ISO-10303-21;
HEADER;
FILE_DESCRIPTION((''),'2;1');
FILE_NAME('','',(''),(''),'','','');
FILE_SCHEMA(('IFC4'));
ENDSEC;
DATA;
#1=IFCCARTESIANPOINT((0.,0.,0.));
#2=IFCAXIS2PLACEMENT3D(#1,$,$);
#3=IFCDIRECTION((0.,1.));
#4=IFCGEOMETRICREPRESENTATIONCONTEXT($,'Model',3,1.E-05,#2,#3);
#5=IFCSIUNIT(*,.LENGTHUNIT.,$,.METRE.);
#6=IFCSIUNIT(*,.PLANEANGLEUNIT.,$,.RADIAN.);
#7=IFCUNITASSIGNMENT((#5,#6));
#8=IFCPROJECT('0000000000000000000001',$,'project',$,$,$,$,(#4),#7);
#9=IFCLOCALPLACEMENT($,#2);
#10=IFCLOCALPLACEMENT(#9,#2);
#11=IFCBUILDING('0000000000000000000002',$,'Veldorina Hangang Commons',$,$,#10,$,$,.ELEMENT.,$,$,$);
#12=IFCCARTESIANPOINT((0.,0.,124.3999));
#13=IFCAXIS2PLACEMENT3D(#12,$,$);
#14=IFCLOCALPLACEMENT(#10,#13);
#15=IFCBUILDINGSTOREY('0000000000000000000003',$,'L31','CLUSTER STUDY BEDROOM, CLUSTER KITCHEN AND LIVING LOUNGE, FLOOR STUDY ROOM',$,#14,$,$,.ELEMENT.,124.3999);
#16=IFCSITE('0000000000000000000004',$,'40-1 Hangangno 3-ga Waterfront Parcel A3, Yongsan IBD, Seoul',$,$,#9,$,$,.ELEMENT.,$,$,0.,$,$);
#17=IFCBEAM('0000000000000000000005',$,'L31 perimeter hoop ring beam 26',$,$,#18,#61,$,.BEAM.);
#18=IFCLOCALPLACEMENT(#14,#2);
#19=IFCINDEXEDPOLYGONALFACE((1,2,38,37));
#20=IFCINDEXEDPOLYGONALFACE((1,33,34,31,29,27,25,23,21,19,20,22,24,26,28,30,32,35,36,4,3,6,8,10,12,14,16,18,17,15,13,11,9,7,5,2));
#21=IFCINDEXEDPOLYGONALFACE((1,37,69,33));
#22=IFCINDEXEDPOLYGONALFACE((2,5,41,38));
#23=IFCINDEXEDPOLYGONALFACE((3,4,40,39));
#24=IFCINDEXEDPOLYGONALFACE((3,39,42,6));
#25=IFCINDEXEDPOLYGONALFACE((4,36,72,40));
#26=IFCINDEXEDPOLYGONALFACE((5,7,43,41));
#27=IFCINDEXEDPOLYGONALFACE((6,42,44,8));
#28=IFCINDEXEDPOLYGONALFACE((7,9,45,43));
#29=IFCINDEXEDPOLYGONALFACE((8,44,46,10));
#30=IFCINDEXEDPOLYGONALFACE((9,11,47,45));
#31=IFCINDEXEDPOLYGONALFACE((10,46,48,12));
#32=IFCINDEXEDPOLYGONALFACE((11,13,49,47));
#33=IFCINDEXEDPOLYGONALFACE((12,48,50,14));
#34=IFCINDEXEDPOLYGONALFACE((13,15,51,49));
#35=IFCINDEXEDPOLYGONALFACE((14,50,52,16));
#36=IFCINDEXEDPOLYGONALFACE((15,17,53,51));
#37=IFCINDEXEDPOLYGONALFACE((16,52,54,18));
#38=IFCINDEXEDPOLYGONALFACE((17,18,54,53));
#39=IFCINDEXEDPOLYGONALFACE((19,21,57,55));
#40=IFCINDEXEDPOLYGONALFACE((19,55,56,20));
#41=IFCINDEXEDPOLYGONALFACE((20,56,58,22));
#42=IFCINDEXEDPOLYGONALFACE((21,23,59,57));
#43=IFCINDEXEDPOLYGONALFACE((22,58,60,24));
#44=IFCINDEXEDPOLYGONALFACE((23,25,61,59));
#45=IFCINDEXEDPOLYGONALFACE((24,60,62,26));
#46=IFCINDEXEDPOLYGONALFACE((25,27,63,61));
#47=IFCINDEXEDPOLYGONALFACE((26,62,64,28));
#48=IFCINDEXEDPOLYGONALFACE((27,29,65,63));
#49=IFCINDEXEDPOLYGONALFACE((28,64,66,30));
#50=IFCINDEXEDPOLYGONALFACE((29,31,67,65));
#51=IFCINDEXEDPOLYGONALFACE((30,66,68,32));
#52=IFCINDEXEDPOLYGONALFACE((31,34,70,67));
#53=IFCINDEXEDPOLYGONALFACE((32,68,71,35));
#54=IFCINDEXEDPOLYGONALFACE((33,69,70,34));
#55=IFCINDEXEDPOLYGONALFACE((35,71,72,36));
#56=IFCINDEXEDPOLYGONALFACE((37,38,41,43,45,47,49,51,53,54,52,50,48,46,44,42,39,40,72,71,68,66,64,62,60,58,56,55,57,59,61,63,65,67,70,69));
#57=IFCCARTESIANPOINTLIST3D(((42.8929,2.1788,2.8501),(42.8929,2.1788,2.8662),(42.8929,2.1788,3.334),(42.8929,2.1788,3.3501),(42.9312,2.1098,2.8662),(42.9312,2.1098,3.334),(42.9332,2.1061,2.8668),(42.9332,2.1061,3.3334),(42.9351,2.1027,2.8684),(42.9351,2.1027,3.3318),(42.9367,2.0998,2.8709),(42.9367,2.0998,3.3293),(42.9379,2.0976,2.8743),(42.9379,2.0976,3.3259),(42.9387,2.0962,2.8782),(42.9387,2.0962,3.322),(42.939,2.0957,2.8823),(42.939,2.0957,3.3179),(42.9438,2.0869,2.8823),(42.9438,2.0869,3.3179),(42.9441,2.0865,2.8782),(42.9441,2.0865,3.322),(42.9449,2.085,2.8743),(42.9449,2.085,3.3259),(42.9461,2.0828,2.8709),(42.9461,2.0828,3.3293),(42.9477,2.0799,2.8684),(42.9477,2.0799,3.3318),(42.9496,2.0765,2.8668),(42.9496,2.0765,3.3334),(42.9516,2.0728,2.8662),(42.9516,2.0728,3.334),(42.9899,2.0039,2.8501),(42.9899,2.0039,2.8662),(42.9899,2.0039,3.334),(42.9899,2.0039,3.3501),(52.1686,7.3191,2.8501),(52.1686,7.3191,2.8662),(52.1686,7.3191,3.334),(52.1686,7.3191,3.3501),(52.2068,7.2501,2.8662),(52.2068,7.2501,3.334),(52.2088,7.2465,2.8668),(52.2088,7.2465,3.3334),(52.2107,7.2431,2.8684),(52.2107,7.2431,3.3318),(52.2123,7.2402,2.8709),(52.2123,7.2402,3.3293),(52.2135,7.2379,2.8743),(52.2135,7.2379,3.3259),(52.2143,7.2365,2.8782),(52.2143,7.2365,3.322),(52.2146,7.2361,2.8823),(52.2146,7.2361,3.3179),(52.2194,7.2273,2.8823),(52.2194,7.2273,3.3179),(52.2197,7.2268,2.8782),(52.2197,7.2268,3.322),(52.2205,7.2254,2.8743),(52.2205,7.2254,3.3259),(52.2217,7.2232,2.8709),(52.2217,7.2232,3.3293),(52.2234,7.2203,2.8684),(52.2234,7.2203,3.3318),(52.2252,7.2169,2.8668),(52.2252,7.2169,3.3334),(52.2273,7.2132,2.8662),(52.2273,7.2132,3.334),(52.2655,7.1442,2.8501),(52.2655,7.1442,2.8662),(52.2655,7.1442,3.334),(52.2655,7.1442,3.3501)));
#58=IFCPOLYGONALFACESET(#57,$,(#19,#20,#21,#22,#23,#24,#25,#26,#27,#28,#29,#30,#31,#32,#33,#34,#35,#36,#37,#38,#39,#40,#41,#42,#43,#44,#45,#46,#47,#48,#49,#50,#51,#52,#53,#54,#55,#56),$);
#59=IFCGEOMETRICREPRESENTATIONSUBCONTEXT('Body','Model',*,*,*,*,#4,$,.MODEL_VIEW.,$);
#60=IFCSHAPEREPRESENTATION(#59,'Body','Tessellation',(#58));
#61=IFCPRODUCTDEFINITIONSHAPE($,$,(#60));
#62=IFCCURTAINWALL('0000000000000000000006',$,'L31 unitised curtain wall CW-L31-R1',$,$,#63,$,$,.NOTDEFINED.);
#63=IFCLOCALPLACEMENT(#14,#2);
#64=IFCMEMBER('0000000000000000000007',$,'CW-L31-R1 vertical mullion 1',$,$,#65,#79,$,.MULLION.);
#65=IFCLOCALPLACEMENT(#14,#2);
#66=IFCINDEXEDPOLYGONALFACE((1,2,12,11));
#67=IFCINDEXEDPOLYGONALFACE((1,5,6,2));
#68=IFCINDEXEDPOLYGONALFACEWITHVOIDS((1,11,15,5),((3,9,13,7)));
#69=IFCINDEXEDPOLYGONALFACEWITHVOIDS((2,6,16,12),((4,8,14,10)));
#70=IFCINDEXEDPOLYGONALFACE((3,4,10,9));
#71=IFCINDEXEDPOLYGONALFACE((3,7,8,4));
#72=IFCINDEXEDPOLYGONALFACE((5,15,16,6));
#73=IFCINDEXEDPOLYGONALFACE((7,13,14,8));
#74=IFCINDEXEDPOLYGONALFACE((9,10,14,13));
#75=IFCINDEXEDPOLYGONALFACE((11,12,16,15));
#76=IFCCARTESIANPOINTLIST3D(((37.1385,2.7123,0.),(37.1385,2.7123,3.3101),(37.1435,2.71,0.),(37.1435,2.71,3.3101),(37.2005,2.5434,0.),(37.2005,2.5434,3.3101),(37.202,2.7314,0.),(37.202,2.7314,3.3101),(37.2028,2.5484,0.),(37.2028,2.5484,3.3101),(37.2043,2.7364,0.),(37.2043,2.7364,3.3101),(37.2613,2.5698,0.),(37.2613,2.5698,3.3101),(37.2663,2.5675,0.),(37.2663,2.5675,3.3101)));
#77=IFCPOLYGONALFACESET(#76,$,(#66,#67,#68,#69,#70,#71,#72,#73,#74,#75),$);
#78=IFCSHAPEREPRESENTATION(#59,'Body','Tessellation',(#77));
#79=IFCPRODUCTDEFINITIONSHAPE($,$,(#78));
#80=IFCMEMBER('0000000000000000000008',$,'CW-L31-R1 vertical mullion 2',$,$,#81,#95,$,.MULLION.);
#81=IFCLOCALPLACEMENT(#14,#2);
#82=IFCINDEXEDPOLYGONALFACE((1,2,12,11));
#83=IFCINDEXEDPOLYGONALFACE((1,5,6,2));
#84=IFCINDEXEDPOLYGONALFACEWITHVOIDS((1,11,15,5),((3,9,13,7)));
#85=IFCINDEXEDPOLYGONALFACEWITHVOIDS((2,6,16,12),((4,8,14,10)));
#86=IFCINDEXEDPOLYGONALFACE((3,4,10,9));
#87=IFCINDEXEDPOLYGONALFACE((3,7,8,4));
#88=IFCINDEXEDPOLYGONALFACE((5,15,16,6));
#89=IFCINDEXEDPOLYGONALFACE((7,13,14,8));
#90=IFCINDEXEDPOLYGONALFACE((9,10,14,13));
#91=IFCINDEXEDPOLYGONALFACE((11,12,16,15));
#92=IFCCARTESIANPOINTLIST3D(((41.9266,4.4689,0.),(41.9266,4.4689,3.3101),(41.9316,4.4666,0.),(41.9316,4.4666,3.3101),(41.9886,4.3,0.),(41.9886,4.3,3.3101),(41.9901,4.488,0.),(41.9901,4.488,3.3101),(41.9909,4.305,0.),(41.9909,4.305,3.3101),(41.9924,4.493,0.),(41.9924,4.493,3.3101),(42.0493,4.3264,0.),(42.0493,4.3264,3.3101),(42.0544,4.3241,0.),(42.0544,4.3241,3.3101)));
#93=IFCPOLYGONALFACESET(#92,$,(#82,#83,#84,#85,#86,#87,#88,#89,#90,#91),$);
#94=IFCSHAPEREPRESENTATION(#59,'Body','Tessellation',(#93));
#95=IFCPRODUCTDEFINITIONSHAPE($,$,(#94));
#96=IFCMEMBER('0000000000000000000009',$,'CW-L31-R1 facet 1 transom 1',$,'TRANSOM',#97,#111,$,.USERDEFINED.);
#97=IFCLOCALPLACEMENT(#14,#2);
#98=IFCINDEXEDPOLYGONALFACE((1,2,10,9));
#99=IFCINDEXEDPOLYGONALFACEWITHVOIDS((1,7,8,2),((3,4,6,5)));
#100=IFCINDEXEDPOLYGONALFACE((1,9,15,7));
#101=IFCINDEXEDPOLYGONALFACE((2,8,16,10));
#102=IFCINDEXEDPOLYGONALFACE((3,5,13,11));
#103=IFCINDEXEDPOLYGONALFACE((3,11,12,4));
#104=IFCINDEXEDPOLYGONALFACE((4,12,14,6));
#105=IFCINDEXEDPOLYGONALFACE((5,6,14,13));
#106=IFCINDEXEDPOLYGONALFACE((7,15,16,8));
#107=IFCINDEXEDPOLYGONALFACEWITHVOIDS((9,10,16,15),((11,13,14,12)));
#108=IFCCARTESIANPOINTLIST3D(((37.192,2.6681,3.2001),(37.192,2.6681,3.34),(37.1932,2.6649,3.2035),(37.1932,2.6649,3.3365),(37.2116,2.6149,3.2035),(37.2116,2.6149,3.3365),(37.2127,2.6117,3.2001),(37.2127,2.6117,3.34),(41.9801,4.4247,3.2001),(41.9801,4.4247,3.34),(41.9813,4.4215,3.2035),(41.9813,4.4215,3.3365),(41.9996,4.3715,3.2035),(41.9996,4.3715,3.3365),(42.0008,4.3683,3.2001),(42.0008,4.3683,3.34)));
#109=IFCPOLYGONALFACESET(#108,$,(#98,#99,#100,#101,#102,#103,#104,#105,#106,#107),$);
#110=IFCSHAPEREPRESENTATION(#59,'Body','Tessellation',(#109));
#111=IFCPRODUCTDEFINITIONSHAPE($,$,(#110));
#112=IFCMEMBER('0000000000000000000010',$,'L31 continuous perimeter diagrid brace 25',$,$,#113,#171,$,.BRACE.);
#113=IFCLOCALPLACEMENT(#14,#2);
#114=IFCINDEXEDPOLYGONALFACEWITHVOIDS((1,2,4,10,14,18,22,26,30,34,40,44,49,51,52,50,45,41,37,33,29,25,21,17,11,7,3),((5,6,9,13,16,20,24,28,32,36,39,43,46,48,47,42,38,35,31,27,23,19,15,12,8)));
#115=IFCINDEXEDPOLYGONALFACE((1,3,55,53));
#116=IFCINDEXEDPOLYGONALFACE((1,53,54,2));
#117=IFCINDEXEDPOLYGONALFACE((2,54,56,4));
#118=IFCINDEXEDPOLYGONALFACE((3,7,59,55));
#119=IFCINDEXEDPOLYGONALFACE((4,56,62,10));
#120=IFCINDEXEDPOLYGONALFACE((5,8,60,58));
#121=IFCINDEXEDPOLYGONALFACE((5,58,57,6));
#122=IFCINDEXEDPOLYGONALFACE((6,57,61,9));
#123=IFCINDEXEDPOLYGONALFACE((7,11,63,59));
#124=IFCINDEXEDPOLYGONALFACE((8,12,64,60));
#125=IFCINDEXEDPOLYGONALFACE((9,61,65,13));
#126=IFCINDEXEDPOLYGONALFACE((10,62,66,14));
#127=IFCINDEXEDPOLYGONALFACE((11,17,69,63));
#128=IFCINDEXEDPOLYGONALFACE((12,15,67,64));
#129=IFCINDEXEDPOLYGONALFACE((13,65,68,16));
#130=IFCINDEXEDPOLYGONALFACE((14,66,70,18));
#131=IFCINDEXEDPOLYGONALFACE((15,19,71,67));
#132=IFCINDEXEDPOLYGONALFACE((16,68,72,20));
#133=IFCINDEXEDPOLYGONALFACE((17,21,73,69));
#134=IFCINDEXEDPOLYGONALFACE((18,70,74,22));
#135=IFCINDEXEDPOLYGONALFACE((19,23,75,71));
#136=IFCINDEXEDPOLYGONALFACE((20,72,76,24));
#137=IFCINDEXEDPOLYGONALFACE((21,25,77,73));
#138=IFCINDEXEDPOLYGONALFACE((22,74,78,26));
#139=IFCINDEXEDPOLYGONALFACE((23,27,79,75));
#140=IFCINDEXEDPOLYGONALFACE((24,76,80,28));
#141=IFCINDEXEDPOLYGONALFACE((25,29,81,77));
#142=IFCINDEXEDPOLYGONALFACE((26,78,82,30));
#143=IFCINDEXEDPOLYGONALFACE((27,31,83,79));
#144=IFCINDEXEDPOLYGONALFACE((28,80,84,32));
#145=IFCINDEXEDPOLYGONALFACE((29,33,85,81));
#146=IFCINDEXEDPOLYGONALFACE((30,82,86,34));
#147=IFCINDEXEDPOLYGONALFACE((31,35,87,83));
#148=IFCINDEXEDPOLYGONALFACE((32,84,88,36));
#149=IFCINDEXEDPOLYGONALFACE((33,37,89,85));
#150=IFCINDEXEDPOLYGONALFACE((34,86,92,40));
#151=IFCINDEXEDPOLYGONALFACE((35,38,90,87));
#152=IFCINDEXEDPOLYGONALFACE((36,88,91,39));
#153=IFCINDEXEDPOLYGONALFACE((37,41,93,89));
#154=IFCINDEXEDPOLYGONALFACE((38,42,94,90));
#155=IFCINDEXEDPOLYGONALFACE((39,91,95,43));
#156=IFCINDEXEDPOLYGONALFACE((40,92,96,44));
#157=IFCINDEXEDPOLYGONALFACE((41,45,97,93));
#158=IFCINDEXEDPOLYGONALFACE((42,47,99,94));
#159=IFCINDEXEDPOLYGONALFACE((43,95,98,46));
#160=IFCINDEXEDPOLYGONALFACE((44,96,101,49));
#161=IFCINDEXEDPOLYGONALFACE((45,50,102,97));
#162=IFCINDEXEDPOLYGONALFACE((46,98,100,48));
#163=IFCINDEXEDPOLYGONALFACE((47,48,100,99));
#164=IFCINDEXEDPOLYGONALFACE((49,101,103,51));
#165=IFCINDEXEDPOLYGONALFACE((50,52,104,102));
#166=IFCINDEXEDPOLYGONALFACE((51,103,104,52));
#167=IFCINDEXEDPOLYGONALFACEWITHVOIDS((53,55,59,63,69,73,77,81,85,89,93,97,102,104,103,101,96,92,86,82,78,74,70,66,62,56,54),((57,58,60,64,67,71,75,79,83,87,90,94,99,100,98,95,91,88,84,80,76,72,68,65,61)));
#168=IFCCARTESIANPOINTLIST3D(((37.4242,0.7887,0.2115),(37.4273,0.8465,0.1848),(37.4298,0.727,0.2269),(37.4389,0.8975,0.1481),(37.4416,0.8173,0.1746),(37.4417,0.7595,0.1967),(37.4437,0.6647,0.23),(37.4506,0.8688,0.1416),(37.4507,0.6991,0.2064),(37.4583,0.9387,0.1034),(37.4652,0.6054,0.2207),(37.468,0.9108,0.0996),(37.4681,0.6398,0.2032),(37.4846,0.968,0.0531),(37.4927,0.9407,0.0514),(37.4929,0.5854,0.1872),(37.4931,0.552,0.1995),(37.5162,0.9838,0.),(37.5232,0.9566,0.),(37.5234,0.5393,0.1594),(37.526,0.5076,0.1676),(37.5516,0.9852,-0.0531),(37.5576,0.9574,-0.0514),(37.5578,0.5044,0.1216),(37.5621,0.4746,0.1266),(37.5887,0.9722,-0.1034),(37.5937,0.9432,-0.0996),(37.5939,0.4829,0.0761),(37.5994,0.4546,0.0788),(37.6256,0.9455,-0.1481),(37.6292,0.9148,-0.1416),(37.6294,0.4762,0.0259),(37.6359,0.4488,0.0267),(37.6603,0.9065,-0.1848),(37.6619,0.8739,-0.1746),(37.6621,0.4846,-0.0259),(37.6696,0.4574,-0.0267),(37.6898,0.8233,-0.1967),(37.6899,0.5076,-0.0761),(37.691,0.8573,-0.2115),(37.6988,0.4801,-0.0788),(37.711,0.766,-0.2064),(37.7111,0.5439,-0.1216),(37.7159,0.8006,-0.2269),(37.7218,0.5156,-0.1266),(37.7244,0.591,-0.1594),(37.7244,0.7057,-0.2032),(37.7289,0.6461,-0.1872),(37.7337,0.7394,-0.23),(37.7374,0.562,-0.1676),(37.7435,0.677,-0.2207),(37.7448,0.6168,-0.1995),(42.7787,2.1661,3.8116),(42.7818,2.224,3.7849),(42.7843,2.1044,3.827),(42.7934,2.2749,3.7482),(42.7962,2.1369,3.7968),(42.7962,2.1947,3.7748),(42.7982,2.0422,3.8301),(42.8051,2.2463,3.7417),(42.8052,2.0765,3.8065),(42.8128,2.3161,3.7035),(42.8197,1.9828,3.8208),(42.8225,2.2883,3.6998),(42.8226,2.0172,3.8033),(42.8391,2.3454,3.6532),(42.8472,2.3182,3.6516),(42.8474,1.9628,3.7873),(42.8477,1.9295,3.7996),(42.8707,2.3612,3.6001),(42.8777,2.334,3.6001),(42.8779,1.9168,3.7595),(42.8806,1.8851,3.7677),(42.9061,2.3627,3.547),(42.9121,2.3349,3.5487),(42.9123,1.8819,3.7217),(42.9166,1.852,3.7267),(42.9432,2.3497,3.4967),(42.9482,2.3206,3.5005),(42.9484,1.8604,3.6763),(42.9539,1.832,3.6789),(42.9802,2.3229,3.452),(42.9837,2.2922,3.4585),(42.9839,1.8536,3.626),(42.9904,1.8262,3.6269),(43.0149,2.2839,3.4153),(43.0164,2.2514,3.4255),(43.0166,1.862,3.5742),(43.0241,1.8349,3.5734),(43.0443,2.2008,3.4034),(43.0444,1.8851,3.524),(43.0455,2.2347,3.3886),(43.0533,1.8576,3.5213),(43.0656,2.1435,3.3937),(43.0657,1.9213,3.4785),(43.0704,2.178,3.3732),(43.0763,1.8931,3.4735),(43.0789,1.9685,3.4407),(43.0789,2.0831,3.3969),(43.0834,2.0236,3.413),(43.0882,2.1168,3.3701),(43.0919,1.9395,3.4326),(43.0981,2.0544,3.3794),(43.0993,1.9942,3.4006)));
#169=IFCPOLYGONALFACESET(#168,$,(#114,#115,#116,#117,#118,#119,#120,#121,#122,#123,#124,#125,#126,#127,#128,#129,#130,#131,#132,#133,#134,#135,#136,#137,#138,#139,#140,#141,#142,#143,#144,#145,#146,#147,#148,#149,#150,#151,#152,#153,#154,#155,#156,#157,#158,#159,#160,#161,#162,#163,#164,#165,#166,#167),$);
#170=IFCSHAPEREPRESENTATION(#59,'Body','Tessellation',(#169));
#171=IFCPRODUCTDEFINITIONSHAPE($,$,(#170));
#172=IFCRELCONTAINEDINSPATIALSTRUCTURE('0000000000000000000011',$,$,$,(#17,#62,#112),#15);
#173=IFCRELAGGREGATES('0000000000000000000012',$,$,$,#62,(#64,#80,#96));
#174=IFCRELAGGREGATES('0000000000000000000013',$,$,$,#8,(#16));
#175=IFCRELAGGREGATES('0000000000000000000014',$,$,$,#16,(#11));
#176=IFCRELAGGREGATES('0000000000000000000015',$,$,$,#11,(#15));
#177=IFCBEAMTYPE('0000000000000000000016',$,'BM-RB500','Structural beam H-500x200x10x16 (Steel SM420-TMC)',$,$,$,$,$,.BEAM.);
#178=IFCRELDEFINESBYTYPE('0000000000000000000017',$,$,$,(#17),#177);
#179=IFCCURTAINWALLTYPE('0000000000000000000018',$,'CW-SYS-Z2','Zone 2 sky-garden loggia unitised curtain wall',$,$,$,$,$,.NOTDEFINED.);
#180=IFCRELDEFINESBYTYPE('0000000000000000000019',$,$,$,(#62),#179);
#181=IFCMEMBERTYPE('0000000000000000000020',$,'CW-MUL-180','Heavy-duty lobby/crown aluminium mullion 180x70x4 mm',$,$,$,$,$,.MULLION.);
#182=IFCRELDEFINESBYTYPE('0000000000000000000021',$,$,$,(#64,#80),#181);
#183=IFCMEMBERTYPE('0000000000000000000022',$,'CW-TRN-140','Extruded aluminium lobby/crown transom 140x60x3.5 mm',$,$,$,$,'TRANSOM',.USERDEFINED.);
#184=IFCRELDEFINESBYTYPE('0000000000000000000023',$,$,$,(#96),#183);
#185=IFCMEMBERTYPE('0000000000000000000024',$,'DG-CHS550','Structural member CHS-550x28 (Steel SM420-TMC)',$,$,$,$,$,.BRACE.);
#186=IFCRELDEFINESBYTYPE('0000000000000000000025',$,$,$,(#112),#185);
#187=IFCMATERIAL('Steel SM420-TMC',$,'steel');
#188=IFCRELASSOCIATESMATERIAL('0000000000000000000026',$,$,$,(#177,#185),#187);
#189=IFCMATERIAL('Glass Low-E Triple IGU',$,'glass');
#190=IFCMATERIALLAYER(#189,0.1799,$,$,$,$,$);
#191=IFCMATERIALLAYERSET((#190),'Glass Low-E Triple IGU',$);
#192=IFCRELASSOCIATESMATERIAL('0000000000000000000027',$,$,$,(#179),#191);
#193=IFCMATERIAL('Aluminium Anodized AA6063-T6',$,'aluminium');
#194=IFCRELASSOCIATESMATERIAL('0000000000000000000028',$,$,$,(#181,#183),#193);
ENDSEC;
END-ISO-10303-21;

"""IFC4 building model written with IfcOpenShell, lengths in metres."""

from ifc_helpers import new_model, si_unit, direction, frame, origin, origin_2d, place, context, subcontext, project, spatial, hollow_rectangle, hollow_circle, i_section, extrude, material, layer, layer_set, material_profile, profile_set, type_object, element, aggregate, save


model = new_model("IFC4")

# Units and contexts
model_context = context("Model", 3, precision=1e-05, world=origin(), true_north=direction((0.0, 1.0)))
body_context = subcontext(model_context, "Body", "Model", "MODEL_VIEW")
ifc_project = project(units=[si_unit("LENGTHUNIT", "METRE"), si_unit("PLANEANGLEUNIT", "RADIAN")], contexts=[model_context])

# Site, building, storey
site_placement = place(None, origin())
site = spatial("IfcSite", under=ifc_project, at=site_placement, Name="40-1 Hangangno 3-ga Waterfront Parcel A3, Yongsan IBD, Seoul", CompositionType="ELEMENT", RefElevation=0.0)
building_placement = place(site_placement, origin())
building = spatial("IfcBuilding", under=site, at=building_placement, Name="Veldorina Hangang Commons", CompositionType="ELEMENT")
storey_placement = place(building_placement, frame((0.0, 0.0, 124.3999)))
storey = spatial("IfcBuildingStorey", under=building, at=storey_placement, Name="L31", Description="CLUSTER STUDY BEDROOM, CLUSTER KITCHEN AND LIVING LOUNGE, FLOOR STUDY ROOM", CompositionType="ELEMENT", Elevation=124.3999)

# Beam
ifc_material_1 = material(Name="Steel SM420-TMC", Category="steel")
ifc_material_profile_1 = material_profile(ifc_material_1, i_section(OverallWidth=0.2, OverallDepth=0.5, WebThickness=0.01, FlangeThickness=0.0161, FilletRadius=0.0161, at=origin_2d()), Name="H-500x200x10x16")
ifc_profile_set_1 = profile_set([ifc_material_profile_1], Name="Steel SM420-TMC")
beam_type = type_object("IfcBeamType", Name="BM-RB500", Description="Structural beam H-500x200x10x16 (Steel SM420-TMC)", PredefinedType="BEAM", material=ifc_profile_set_1)
beam_placement = place(storey_placement, frame((42.9414, 2.0913, 3.1001), z_axis=(0.874667, 0.484724, 0.0), x_axis=(-0.484724, 0.874667, 0.0)))
element("IfcBeam", 1, at=beam_placement, inside=storey, type_object=beam_type, Name="L31 perimeter hoop ring beam 26", PredefinedType="BEAM", context=body_context, shape_type="SweptSolid", body=[
    extrude(i_section(OverallWidth=0.2, OverallDepth=0.5, WebThickness=0.01, FlangeThickness=0.0161, FilletRadius=0.0161, at=origin_2d()), origin(), (0.0, 0.0, 1.0), 10.6047),
])

# Curtain wall, members
ifc_material_2 = material(Name="Glass Low-E Triple IGU", Category="glass")
ifc_layer_1 = layer(ifc_material_2, 0.1799)
ifc_layer_set_1 = layer_set([ifc_layer_1], Name="Glass Low-E Triple IGU")
curtain_wall_type = type_object("IfcCurtainWallType", Name="CW-SYS-Z2", Description="Zone 2 sky-garden loggia unitised curtain wall", PredefinedType="NOTDEFINED", material=ifc_layer_set_1)
curtain_wall_placement = place(storey_placement, origin())
curtain_wall = element("IfcCurtainWall", 2, at=curtain_wall_placement, inside=storey, type_object=curtain_wall_type, Name="L31 unitised curtain wall CW-L31-R1", PredefinedType="NOTDEFINED")
ifc_material_3 = material(Name="Aluminium Anodized AA6063-T6", Category="aluminium")
ifc_material_profile_2 = material_profile(ifc_material_3, hollow_rectangle(XDim=0.0701, YDim=0.1799, WallThickness=0.0039, at=origin_2d()), Name="ALU-RHS-180x70x4")
ifc_profile_set_2 = profile_set([ifc_material_profile_2], Name="Aluminium Anodized AA6063-T6")
member_type_1 = type_object("IfcMemberType", Name="CW-MUL-180", Description="Heavy-duty lobby/crown aluminium mullion 180x70x4 mm", PredefinedType="MULLION", material=ifc_profile_set_2)
member_1_placement = place(storey_placement, frame((37.2024, 2.6399, 0.0), z_axis=(0.0, 0.0, 1.0), x_axis=(0.938812, 0.34443, 0.0)))
member_1 = element("IfcMember", 3, at=member_1_placement, type_object=member_type_1, Name="CW-L31-R1 vertical mullion 1", PredefinedType="MULLION", context=body_context, shape_type="SweptSolid", body=[
    extrude(hollow_rectangle(XDim=0.0701, YDim=0.1799, WallThickness=0.0039, at=origin_2d()), origin(), (0.0, 0.0, 1.0), 3.3101),
])
member_2_placement = place(storey_placement, frame((41.9905, 4.3965, 0.0), z_axis=(0.0, 0.0, 1.0), x_axis=(-0.938812, -0.34443, 0.0)))
member_2 = element("IfcMember", 4, at=member_2_placement, type_object=member_type_1, Name="CW-L31-R1 vertical mullion 2", PredefinedType="MULLION", context=body_context, shape_type="SweptSolid", body=[
    extrude(hollow_rectangle(XDim=0.0701, YDim=0.1799, WallThickness=0.0039, at=origin_2d()), origin(), (0.0, 0.0, 1.0), 3.3101),
])
ifc_material_profile_3 = material_profile(ifc_material_3, hollow_rectangle(XDim=0.0601, YDim=0.1399, WallThickness=0.0034, at=origin_2d()), Name="ALU-RHS-140x60x3.5")
ifc_profile_set_3 = profile_set([ifc_material_profile_3], Name="Aluminium Anodized AA6063-T6")
member_type_2 = type_object("IfcMemberType", Name="CW-TRN-140", Description="Extruded aluminium lobby/crown transom 140x60x3.5 mm", ElementType="TRANSOM", PredefinedType="USERDEFINED", material=ifc_profile_set_3)
member_3_placement = place(storey_placement, frame((37.2024, 2.6399, 3.27), z_axis=(0.938815, 0.344421, 0.0), x_axis=(-0.344421, 0.938815, 0.0)))
member_3 = element("IfcMember", 5, at=member_3_placement, type_object=member_type_2, Name="CW-L31-R1 facet 1 transom 1", ObjectType="TRANSOM", PredefinedType="USERDEFINED", context=body_context, shape_type="SweptSolid", body=[
    extrude(hollow_rectangle(XDim=0.0601, YDim=0.1399, WallThickness=0.0034, at=origin_2d()), origin(), (0.0, 0.0, 1.0), 5.1001),
])

# Member
ifc_material_profile_4 = material_profile(ifc_material_1, hollow_circle(Radius=0.2749, WallThickness=0.0281, at=origin_2d()), Name="CHS-550x28")
ifc_profile_set_4 = profile_set([ifc_material_profile_4], Name="Steel SM420-TMC")
member_type_3 = type_object("IfcMemberType", Name="DG-CHS550", Description="Structural member CHS-550x28 (Steel SM420-TMC)", PredefinedType="BRACE", material=ifc_profile_set_4)
member_4_placement = place(storey_placement, frame((37.5847, 0.7175, 0.0), z_axis=(0.811579, 0.208778, 0.545666), x_axis=(-0.249138, 0.968468, 0.0)))
element("IfcMember", 6, at=member_4_placement, inside=storey, type_object=member_type_3, Name="L31 continuous perimeter diagrid brace 25", PredefinedType="BRACE", context=body_context, shape_type="SweptSolid", body=[
    extrude(hollow_circle(Radius=0.2749, WallThickness=0.0281, at=origin_2d()), origin(), (0.0, 0.0, 1.0), 6.5977),
])

aggregate(curtain_wall, [member_1, member_2, member_3])

save(model, "model.ifc")
